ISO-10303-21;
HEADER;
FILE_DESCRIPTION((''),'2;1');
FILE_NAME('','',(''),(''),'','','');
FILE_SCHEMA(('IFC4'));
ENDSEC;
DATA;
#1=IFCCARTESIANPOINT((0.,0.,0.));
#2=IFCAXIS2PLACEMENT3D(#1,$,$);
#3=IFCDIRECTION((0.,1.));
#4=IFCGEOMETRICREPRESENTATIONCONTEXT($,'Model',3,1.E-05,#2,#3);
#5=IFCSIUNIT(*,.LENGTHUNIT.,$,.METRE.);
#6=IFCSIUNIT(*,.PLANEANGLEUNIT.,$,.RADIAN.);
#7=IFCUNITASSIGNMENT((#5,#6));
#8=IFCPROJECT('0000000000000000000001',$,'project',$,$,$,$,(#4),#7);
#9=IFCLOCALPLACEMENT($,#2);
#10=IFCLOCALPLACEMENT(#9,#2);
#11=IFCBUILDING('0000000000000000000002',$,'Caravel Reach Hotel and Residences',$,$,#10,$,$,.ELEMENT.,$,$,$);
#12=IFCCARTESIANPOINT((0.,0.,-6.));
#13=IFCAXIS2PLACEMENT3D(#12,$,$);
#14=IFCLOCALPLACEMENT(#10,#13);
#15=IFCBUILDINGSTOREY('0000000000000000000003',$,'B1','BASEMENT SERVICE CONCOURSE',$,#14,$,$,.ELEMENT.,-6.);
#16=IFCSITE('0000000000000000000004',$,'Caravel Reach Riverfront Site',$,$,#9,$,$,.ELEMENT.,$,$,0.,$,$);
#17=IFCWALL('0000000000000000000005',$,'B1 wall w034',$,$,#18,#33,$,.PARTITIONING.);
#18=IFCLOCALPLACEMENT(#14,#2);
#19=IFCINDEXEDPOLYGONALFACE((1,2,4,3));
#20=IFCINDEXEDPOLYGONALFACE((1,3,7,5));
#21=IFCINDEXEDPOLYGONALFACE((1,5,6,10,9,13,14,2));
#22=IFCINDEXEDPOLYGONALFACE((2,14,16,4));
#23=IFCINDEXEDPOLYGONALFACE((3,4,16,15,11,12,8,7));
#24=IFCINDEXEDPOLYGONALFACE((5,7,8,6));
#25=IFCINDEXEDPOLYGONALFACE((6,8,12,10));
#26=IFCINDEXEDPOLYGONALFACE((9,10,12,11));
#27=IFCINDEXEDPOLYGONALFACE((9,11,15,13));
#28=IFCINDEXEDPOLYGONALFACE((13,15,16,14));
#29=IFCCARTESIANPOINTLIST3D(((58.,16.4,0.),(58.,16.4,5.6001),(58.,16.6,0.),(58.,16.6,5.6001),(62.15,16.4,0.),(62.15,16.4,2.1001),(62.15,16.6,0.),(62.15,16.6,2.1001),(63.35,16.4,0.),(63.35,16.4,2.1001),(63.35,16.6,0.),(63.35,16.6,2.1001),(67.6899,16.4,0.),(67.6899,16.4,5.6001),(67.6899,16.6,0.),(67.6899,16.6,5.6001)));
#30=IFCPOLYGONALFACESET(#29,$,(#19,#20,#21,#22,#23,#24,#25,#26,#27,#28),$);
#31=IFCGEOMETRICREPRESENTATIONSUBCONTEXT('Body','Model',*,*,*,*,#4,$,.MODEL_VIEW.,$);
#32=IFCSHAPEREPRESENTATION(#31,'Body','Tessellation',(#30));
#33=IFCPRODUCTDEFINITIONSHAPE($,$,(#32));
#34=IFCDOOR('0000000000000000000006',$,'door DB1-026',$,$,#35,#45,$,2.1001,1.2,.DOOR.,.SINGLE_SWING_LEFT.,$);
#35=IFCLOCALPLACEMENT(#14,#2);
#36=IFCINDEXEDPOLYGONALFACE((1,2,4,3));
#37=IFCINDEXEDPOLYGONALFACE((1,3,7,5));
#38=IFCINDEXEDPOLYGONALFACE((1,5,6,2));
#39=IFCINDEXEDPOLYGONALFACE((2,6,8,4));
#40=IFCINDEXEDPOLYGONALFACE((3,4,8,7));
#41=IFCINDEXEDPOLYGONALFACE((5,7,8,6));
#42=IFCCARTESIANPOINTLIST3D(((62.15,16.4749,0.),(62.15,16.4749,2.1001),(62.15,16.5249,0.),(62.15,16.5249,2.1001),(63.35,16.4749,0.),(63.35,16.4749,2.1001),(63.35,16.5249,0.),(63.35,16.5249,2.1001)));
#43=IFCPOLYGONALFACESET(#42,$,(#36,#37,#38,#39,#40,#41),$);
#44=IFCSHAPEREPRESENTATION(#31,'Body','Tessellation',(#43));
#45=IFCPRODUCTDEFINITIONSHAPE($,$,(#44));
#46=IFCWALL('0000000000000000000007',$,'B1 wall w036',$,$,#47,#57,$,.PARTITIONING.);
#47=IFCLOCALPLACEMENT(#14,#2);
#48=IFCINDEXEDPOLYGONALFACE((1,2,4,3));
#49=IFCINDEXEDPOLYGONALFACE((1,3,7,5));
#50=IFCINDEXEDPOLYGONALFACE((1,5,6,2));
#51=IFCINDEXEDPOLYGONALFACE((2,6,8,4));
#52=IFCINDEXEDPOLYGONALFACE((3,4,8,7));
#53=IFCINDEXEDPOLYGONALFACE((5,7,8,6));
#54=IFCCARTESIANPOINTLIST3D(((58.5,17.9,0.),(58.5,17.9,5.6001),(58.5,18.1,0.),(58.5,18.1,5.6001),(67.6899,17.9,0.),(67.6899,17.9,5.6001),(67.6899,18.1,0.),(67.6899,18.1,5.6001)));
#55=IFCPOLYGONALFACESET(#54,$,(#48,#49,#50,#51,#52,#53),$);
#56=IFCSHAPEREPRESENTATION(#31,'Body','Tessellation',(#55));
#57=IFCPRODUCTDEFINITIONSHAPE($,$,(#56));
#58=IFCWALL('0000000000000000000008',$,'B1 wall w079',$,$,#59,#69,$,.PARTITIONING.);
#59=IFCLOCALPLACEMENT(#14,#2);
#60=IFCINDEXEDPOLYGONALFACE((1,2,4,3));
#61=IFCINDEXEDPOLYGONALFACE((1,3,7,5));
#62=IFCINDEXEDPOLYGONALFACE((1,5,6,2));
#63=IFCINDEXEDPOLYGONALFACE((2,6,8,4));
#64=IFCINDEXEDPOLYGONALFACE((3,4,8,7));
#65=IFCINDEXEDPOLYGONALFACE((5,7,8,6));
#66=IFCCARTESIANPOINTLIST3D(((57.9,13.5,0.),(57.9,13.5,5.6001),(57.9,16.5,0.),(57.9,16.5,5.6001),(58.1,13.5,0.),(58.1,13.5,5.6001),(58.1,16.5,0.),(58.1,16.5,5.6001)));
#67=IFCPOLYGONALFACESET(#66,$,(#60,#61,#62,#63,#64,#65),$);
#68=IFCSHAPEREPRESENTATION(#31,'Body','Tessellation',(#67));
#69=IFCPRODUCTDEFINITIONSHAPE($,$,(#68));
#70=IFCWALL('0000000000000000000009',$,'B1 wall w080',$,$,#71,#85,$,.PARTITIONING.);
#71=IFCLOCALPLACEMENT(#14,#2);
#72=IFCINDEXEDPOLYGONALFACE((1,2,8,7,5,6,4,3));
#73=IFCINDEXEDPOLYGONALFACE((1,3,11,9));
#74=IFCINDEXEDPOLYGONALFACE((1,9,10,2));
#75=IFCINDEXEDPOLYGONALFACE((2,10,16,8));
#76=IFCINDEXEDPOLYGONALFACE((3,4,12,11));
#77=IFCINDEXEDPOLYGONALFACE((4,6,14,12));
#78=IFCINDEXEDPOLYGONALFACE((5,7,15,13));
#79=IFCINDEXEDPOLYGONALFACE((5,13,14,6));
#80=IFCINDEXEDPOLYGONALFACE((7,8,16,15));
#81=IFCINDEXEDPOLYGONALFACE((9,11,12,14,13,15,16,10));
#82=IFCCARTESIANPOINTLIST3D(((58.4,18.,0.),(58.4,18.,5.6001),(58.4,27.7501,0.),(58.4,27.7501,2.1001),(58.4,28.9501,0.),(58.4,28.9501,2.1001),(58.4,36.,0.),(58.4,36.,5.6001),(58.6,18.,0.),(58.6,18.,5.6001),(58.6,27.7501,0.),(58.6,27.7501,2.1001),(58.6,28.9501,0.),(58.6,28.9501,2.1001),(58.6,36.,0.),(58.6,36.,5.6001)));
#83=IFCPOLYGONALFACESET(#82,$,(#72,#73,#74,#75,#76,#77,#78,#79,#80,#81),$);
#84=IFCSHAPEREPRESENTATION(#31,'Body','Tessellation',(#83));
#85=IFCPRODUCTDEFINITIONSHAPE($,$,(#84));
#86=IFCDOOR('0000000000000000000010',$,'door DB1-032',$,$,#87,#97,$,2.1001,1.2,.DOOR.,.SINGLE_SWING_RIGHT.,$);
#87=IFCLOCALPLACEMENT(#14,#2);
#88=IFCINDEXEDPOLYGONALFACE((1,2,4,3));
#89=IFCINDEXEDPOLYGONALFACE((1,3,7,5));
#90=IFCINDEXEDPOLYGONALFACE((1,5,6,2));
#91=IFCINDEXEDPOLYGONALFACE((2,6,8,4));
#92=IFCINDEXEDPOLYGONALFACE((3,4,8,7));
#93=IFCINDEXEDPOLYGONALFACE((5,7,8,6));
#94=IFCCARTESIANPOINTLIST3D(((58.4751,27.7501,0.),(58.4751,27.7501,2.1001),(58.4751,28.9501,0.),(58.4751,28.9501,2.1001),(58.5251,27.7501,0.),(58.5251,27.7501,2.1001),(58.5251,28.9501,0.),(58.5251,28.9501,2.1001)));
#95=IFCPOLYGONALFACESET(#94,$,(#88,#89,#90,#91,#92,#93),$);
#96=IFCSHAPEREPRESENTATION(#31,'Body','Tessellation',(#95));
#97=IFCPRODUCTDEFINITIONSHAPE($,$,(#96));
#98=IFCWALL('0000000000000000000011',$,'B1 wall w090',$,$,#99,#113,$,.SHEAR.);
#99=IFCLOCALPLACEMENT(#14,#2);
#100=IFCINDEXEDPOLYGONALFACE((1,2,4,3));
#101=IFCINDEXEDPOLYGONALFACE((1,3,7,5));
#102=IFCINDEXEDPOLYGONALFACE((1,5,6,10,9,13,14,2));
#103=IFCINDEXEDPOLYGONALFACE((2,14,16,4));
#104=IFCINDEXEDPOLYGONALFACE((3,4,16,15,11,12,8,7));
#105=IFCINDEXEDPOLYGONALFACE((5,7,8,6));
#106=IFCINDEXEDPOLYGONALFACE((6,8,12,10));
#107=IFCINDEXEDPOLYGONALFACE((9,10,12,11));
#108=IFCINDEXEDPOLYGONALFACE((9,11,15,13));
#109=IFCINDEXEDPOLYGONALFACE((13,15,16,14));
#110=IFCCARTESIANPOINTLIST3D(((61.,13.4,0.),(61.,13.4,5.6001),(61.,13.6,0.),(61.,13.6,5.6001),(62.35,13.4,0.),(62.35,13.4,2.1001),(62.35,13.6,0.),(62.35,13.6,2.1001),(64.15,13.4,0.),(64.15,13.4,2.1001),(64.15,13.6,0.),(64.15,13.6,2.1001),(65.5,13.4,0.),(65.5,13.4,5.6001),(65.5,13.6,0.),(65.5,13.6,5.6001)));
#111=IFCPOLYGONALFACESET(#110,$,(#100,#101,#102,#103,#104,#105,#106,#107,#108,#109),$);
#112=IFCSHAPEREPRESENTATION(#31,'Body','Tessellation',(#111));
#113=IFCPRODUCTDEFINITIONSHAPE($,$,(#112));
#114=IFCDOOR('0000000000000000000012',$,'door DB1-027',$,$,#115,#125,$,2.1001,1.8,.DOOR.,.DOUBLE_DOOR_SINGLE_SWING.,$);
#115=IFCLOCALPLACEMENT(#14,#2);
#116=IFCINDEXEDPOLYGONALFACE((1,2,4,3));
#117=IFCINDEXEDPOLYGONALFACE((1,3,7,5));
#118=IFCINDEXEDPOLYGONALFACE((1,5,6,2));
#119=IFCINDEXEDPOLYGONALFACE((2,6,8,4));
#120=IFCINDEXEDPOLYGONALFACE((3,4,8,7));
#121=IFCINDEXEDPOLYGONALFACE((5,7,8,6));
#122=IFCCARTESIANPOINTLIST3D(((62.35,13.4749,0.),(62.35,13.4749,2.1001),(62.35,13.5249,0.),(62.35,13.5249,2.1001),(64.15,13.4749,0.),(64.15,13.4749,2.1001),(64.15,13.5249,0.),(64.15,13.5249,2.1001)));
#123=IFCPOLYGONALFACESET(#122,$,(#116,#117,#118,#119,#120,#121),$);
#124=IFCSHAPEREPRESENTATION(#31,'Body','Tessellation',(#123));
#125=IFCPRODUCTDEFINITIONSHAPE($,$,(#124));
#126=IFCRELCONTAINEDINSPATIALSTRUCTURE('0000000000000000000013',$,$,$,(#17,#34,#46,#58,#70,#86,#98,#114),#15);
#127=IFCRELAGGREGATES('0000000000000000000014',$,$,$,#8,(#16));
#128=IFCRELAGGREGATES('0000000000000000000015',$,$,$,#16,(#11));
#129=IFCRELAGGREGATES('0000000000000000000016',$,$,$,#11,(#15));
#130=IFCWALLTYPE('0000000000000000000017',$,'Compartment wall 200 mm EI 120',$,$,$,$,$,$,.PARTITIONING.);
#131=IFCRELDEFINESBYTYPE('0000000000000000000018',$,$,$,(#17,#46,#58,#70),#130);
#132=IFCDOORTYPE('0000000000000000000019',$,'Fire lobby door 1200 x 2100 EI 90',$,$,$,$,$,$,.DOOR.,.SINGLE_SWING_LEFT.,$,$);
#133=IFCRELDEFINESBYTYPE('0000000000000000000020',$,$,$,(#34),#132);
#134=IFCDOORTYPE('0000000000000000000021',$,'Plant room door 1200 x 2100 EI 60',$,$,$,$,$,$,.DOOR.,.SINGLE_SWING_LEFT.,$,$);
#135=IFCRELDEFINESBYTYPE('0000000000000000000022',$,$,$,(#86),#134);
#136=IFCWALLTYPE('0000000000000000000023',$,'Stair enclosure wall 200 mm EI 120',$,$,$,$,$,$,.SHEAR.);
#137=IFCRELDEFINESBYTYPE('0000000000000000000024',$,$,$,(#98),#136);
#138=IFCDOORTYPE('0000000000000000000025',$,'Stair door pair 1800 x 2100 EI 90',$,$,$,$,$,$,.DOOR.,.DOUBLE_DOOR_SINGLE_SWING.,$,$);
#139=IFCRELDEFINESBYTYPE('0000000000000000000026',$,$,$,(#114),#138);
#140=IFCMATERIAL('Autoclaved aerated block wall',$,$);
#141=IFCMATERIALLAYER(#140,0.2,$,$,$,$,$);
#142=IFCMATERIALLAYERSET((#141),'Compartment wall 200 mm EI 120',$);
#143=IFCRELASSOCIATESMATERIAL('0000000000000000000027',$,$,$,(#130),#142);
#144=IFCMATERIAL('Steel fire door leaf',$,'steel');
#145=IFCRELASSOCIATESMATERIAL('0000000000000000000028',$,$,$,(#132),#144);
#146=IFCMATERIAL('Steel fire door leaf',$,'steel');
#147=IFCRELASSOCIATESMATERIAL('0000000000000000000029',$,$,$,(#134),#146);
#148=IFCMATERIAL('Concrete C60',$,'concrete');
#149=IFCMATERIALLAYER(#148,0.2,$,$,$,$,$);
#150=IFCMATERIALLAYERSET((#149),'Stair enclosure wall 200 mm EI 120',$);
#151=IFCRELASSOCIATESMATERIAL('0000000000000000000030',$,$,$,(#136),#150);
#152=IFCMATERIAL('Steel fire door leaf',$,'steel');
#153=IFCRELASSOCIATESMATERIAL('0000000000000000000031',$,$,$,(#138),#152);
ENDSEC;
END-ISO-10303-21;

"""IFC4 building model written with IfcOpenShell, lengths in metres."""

from ifc_helpers import new_model, si_unit, direction, frame, frame_2d, origin, place, context, subcontext, project, spatial, rectangle, extrude, material, layer, layer_set, type_object, element, fill, save


model = new_model("IFC4")

# Units and contexts
model_context = context("Model", 3, precision=1e-05, world=origin(), true_north=direction((0.0, 1.0)))
body_context = subcontext(model_context, "Body", "Model", "MODEL_VIEW")
ifc_project = project(units=[si_unit("LENGTHUNIT", "METRE"), si_unit("PLANEANGLEUNIT", "RADIAN")], contexts=[model_context])

# Site, building, storey
site_placement = place(None, origin())
site = spatial("IfcSite", under=ifc_project, at=site_placement, Name="Caravel Reach Riverfront Site", CompositionType="ELEMENT", RefElevation=0.0)
building_placement = place(site_placement, origin())
building = spatial("IfcBuilding", under=site, at=building_placement, Name="Caravel Reach Hotel and Residences", CompositionType="ELEMENT")
storey_placement = place(building_placement, frame((0.0, 0.0, -6.0)))
storey = spatial("IfcBuildingStorey", under=building, at=storey_placement, Name="B1", Description="BASEMENT SERVICE CONCOURSE", CompositionType="ELEMENT", Elevation=-6.0)

# Shared definitions
ifc_material_1 = material(Name="Autoclaved aerated block wall")
ifc_layer_1 = layer(ifc_material_1, 0.2)
ifc_layer_set_1 = layer_set([ifc_layer_1], Name="Compartment wall 200 mm EI 120")
wall_type_1 = type_object("IfcWallType", Name="Compartment wall 200 mm EI 120", PredefinedType="PARTITIONING", material=ifc_layer_set_1)

# Wall, opening, door
wall_1_placement = place(storey_placement, frame((58.0, 16.5, 0.0), z_axis=(0.0, 0.0, 1.0), x_axis=(1.0, 0.0, 0.0)))
wall_1 = element("IfcWall", 1, at=wall_1_placement, inside=storey, type_object=wall_type_1, Name="B1 wall w034", PredefinedType="PARTITIONING", context=body_context, shape_type="SweptSolid", body=[
    extrude(rectangle(XDim=9.6899, YDim=0.2, at=frame_2d((4.845, 0.0))), origin(), (0.0, 0.0, 1.0), 5.6001),
])
opening_1_placement = place(wall_1_placement, frame((4.1499, 0.0, 0.0)))
opening_1 = element("IfcOpeningElement", 2, at=opening_1_placement, cuts=wall_1, PredefinedType="OPENING", context=body_context, shape_type="SweptSolid", body=[
    extrude(rectangle(XDim=1.2, YDim=2.1001, at=frame_2d((0.6001, 1.05))), frame((0.0, 0.1099, 0.0), z_axis=(0.0, -1.0, 0.0), x_axis=(1.0, 0.0, 0.0)), (0.0, 0.0, 1.0), 0.22),
])
ifc_material_2 = material(Name="Steel fire door leaf", Category="steel")
door_type_1 = type_object("IfcDoorType", Name="Fire lobby door 1200 x 2100 EI 90", OperationType="SINGLE_SWING_LEFT", PredefinedType="DOOR", material=ifc_material_2)
door_1_placement = place(opening_1_placement, origin())
door_1 = element("IfcDoor", 3, at=door_1_placement, inside=storey, type_object=door_type_1, Name="door DB1-026", OperationType="SINGLE_SWING_LEFT", OverallHeight=2.1001, OverallWidth=1.2, PredefinedType="DOOR", context=body_context, shape_type="SweptSolid", body=[
    extrude(rectangle(XDim=1.2, YDim=2.1001, at=frame_2d((0.6001, 1.05))), frame((0.0, 0.0249, 0.0), z_axis=(0.0, -1.0, 0.0), x_axis=(1.0, 0.0, 0.0)), (0.0, 0.0, 1.0), 0.05),
])
fill(opening_1, door_1)

# Walls
wall_2_placement = place(storey_placement, frame((58.5, 18.0, 0.0), z_axis=(0.0, 0.0, 1.0), x_axis=(1.0, 0.0, 0.0)))
element("IfcWall", 4, at=wall_2_placement, inside=storey, type_object=wall_type_1, Name="B1 wall w036", PredefinedType="PARTITIONING", context=body_context, shape_type="SweptSolid", body=[
    extrude(rectangle(XDim=9.1899, YDim=0.2, at=frame_2d((4.595, 0.0))), origin(), (0.0, 0.0, 1.0), 5.6001),
])
wall_3_placement = place(storey_placement, frame((58.0, 13.5, 0.0), z_axis=(0.0, 0.0, 1.0), x_axis=(0.0, 1.0, 0.0)))
element("IfcWall", 5, at=wall_3_placement, inside=storey, type_object=wall_type_1, Name="B1 wall w079", PredefinedType="PARTITIONING", context=body_context, shape_type="SweptSolid", body=[
    extrude(rectangle(XDim=3.0, YDim=0.2, at=frame_2d((1.5, 0.0))), origin(), (0.0, 0.0, 1.0), 5.6001),
])

# Walls, openings, doors
wall_4_placement = place(storey_placement, frame((58.5, 18.0, 0.0), z_axis=(0.0, 0.0, 1.0), x_axis=(0.0, 1.0, 0.0)))
wall_4 = element("IfcWall", 6, at=wall_4_placement, inside=storey, type_object=wall_type_1, Name="B1 wall w080", PredefinedType="PARTITIONING", context=body_context, shape_type="SweptSolid", body=[
    extrude(rectangle(XDim=18.0, YDim=0.2, at=frame_2d((9.0, 0.0))), origin(), (0.0, 0.0, 1.0), 5.6001),
])
opening_2_placement = place(wall_4_placement, frame((9.75, 0.0, 0.0)))
opening_2 = element("IfcOpeningElement", 7, at=opening_2_placement, cuts=wall_4, PredefinedType="OPENING", context=body_context, shape_type="SweptSolid", body=[
    extrude(rectangle(XDim=1.2, YDim=2.1001, at=frame_2d((0.6001, 1.05))), frame((0.0, 0.1099, 0.0), z_axis=(0.0, -1.0, 0.0), x_axis=(1.0, 0.0, 0.0)), (0.0, 0.0, 1.0), 0.22),
])
ifc_material_3 = material(Name="Steel fire door leaf", Category="steel")
door_type_2 = type_object("IfcDoorType", Name="Plant room door 1200 x 2100 EI 60", OperationType="SINGLE_SWING_LEFT", PredefinedType="DOOR", material=ifc_material_3)
door_2_placement = place(opening_2_placement, origin())
door_2 = element("IfcDoor", 8, at=door_2_placement, inside=storey, type_object=door_type_2, Name="door DB1-032", OperationType="SINGLE_SWING_RIGHT", OverallHeight=2.1001, OverallWidth=1.2, PredefinedType="DOOR", context=body_context, shape_type="SweptSolid", body=[
    extrude(rectangle(XDim=1.2, YDim=2.1001, at=frame_2d((0.6001, 1.05))), frame((0.0, 0.0249, 0.0), z_axis=(0.0, -1.0, 0.0), x_axis=(1.0, 0.0, 0.0)), (0.0, 0.0, 1.0), 0.05),
])
fill(opening_2, door_2)
ifc_material_4 = material(Name="Concrete C60", Category="concrete")
ifc_layer_2 = layer(ifc_material_4, 0.2)
ifc_layer_set_2 = layer_set([ifc_layer_2], Name="Stair enclosure wall 200 mm EI 120")
wall_type_2 = type_object("IfcWallType", Name="Stair enclosure wall 200 mm EI 120", PredefinedType="SHEAR", material=ifc_layer_set_2)
wall_5_placement = place(storey_placement, frame((61.0, 13.5, 0.0), z_axis=(0.0, 0.0, 1.0), x_axis=(1.0, 0.0, 0.0)))
wall_5 = element("IfcWall", 9, at=wall_5_placement, inside=storey, type_object=wall_type_2, Name="B1 wall w090", PredefinedType="SHEAR", context=body_context, shape_type="SweptSolid", body=[
    extrude(rectangle(XDim=4.5, YDim=0.2, at=frame_2d((2.25, 0.0))), origin(), (0.0, 0.0, 1.0), 5.6001),
])
opening_3_placement = place(wall_5_placement, frame((1.3501, 0.0, 0.0)))
opening_3 = element("IfcOpeningElement", 10, at=opening_3_placement, cuts=wall_5, PredefinedType="OPENING", context=body_context, shape_type="SweptSolid", body=[
    extrude(rectangle(XDim=1.8, YDim=2.1001, at=frame_2d((0.8999, 1.05))), frame((0.0, 0.1099, 0.0), z_axis=(0.0, -1.0, 0.0), x_axis=(1.0, 0.0, 0.0)), (0.0, 0.0, 1.0), 0.22),
])
ifc_material_5 = material(Name="Steel fire door leaf", Category="steel")
door_type_3 = type_object("IfcDoorType", Name="Stair door pair 1800 x 2100 EI 90", OperationType="DOUBLE_DOOR_SINGLE_SWING", PredefinedType="DOOR", material=ifc_material_5)
door_3_placement = place(opening_3_placement, origin())
door_3 = element("IfcDoor", 11, at=door_3_placement, inside=storey, type_object=door_type_3, Name="door DB1-027", OperationType="DOUBLE_DOOR_SINGLE_SWING", OverallHeight=2.1001, OverallWidth=1.8, PredefinedType="DOOR", context=body_context, shape_type="SweptSolid", body=[
    extrude(rectangle(XDim=1.8, YDim=2.1001, at=frame_2d((0.8999, 1.05))), frame((0.0, 0.0249, 0.0), z_axis=(0.0, -1.0, 0.0), x_axis=(1.0, 0.0, 0.0)), (0.0, 0.0, 1.0), 0.05),
])
fill(opening_3, door_3)

save(model, "model.ifc")
